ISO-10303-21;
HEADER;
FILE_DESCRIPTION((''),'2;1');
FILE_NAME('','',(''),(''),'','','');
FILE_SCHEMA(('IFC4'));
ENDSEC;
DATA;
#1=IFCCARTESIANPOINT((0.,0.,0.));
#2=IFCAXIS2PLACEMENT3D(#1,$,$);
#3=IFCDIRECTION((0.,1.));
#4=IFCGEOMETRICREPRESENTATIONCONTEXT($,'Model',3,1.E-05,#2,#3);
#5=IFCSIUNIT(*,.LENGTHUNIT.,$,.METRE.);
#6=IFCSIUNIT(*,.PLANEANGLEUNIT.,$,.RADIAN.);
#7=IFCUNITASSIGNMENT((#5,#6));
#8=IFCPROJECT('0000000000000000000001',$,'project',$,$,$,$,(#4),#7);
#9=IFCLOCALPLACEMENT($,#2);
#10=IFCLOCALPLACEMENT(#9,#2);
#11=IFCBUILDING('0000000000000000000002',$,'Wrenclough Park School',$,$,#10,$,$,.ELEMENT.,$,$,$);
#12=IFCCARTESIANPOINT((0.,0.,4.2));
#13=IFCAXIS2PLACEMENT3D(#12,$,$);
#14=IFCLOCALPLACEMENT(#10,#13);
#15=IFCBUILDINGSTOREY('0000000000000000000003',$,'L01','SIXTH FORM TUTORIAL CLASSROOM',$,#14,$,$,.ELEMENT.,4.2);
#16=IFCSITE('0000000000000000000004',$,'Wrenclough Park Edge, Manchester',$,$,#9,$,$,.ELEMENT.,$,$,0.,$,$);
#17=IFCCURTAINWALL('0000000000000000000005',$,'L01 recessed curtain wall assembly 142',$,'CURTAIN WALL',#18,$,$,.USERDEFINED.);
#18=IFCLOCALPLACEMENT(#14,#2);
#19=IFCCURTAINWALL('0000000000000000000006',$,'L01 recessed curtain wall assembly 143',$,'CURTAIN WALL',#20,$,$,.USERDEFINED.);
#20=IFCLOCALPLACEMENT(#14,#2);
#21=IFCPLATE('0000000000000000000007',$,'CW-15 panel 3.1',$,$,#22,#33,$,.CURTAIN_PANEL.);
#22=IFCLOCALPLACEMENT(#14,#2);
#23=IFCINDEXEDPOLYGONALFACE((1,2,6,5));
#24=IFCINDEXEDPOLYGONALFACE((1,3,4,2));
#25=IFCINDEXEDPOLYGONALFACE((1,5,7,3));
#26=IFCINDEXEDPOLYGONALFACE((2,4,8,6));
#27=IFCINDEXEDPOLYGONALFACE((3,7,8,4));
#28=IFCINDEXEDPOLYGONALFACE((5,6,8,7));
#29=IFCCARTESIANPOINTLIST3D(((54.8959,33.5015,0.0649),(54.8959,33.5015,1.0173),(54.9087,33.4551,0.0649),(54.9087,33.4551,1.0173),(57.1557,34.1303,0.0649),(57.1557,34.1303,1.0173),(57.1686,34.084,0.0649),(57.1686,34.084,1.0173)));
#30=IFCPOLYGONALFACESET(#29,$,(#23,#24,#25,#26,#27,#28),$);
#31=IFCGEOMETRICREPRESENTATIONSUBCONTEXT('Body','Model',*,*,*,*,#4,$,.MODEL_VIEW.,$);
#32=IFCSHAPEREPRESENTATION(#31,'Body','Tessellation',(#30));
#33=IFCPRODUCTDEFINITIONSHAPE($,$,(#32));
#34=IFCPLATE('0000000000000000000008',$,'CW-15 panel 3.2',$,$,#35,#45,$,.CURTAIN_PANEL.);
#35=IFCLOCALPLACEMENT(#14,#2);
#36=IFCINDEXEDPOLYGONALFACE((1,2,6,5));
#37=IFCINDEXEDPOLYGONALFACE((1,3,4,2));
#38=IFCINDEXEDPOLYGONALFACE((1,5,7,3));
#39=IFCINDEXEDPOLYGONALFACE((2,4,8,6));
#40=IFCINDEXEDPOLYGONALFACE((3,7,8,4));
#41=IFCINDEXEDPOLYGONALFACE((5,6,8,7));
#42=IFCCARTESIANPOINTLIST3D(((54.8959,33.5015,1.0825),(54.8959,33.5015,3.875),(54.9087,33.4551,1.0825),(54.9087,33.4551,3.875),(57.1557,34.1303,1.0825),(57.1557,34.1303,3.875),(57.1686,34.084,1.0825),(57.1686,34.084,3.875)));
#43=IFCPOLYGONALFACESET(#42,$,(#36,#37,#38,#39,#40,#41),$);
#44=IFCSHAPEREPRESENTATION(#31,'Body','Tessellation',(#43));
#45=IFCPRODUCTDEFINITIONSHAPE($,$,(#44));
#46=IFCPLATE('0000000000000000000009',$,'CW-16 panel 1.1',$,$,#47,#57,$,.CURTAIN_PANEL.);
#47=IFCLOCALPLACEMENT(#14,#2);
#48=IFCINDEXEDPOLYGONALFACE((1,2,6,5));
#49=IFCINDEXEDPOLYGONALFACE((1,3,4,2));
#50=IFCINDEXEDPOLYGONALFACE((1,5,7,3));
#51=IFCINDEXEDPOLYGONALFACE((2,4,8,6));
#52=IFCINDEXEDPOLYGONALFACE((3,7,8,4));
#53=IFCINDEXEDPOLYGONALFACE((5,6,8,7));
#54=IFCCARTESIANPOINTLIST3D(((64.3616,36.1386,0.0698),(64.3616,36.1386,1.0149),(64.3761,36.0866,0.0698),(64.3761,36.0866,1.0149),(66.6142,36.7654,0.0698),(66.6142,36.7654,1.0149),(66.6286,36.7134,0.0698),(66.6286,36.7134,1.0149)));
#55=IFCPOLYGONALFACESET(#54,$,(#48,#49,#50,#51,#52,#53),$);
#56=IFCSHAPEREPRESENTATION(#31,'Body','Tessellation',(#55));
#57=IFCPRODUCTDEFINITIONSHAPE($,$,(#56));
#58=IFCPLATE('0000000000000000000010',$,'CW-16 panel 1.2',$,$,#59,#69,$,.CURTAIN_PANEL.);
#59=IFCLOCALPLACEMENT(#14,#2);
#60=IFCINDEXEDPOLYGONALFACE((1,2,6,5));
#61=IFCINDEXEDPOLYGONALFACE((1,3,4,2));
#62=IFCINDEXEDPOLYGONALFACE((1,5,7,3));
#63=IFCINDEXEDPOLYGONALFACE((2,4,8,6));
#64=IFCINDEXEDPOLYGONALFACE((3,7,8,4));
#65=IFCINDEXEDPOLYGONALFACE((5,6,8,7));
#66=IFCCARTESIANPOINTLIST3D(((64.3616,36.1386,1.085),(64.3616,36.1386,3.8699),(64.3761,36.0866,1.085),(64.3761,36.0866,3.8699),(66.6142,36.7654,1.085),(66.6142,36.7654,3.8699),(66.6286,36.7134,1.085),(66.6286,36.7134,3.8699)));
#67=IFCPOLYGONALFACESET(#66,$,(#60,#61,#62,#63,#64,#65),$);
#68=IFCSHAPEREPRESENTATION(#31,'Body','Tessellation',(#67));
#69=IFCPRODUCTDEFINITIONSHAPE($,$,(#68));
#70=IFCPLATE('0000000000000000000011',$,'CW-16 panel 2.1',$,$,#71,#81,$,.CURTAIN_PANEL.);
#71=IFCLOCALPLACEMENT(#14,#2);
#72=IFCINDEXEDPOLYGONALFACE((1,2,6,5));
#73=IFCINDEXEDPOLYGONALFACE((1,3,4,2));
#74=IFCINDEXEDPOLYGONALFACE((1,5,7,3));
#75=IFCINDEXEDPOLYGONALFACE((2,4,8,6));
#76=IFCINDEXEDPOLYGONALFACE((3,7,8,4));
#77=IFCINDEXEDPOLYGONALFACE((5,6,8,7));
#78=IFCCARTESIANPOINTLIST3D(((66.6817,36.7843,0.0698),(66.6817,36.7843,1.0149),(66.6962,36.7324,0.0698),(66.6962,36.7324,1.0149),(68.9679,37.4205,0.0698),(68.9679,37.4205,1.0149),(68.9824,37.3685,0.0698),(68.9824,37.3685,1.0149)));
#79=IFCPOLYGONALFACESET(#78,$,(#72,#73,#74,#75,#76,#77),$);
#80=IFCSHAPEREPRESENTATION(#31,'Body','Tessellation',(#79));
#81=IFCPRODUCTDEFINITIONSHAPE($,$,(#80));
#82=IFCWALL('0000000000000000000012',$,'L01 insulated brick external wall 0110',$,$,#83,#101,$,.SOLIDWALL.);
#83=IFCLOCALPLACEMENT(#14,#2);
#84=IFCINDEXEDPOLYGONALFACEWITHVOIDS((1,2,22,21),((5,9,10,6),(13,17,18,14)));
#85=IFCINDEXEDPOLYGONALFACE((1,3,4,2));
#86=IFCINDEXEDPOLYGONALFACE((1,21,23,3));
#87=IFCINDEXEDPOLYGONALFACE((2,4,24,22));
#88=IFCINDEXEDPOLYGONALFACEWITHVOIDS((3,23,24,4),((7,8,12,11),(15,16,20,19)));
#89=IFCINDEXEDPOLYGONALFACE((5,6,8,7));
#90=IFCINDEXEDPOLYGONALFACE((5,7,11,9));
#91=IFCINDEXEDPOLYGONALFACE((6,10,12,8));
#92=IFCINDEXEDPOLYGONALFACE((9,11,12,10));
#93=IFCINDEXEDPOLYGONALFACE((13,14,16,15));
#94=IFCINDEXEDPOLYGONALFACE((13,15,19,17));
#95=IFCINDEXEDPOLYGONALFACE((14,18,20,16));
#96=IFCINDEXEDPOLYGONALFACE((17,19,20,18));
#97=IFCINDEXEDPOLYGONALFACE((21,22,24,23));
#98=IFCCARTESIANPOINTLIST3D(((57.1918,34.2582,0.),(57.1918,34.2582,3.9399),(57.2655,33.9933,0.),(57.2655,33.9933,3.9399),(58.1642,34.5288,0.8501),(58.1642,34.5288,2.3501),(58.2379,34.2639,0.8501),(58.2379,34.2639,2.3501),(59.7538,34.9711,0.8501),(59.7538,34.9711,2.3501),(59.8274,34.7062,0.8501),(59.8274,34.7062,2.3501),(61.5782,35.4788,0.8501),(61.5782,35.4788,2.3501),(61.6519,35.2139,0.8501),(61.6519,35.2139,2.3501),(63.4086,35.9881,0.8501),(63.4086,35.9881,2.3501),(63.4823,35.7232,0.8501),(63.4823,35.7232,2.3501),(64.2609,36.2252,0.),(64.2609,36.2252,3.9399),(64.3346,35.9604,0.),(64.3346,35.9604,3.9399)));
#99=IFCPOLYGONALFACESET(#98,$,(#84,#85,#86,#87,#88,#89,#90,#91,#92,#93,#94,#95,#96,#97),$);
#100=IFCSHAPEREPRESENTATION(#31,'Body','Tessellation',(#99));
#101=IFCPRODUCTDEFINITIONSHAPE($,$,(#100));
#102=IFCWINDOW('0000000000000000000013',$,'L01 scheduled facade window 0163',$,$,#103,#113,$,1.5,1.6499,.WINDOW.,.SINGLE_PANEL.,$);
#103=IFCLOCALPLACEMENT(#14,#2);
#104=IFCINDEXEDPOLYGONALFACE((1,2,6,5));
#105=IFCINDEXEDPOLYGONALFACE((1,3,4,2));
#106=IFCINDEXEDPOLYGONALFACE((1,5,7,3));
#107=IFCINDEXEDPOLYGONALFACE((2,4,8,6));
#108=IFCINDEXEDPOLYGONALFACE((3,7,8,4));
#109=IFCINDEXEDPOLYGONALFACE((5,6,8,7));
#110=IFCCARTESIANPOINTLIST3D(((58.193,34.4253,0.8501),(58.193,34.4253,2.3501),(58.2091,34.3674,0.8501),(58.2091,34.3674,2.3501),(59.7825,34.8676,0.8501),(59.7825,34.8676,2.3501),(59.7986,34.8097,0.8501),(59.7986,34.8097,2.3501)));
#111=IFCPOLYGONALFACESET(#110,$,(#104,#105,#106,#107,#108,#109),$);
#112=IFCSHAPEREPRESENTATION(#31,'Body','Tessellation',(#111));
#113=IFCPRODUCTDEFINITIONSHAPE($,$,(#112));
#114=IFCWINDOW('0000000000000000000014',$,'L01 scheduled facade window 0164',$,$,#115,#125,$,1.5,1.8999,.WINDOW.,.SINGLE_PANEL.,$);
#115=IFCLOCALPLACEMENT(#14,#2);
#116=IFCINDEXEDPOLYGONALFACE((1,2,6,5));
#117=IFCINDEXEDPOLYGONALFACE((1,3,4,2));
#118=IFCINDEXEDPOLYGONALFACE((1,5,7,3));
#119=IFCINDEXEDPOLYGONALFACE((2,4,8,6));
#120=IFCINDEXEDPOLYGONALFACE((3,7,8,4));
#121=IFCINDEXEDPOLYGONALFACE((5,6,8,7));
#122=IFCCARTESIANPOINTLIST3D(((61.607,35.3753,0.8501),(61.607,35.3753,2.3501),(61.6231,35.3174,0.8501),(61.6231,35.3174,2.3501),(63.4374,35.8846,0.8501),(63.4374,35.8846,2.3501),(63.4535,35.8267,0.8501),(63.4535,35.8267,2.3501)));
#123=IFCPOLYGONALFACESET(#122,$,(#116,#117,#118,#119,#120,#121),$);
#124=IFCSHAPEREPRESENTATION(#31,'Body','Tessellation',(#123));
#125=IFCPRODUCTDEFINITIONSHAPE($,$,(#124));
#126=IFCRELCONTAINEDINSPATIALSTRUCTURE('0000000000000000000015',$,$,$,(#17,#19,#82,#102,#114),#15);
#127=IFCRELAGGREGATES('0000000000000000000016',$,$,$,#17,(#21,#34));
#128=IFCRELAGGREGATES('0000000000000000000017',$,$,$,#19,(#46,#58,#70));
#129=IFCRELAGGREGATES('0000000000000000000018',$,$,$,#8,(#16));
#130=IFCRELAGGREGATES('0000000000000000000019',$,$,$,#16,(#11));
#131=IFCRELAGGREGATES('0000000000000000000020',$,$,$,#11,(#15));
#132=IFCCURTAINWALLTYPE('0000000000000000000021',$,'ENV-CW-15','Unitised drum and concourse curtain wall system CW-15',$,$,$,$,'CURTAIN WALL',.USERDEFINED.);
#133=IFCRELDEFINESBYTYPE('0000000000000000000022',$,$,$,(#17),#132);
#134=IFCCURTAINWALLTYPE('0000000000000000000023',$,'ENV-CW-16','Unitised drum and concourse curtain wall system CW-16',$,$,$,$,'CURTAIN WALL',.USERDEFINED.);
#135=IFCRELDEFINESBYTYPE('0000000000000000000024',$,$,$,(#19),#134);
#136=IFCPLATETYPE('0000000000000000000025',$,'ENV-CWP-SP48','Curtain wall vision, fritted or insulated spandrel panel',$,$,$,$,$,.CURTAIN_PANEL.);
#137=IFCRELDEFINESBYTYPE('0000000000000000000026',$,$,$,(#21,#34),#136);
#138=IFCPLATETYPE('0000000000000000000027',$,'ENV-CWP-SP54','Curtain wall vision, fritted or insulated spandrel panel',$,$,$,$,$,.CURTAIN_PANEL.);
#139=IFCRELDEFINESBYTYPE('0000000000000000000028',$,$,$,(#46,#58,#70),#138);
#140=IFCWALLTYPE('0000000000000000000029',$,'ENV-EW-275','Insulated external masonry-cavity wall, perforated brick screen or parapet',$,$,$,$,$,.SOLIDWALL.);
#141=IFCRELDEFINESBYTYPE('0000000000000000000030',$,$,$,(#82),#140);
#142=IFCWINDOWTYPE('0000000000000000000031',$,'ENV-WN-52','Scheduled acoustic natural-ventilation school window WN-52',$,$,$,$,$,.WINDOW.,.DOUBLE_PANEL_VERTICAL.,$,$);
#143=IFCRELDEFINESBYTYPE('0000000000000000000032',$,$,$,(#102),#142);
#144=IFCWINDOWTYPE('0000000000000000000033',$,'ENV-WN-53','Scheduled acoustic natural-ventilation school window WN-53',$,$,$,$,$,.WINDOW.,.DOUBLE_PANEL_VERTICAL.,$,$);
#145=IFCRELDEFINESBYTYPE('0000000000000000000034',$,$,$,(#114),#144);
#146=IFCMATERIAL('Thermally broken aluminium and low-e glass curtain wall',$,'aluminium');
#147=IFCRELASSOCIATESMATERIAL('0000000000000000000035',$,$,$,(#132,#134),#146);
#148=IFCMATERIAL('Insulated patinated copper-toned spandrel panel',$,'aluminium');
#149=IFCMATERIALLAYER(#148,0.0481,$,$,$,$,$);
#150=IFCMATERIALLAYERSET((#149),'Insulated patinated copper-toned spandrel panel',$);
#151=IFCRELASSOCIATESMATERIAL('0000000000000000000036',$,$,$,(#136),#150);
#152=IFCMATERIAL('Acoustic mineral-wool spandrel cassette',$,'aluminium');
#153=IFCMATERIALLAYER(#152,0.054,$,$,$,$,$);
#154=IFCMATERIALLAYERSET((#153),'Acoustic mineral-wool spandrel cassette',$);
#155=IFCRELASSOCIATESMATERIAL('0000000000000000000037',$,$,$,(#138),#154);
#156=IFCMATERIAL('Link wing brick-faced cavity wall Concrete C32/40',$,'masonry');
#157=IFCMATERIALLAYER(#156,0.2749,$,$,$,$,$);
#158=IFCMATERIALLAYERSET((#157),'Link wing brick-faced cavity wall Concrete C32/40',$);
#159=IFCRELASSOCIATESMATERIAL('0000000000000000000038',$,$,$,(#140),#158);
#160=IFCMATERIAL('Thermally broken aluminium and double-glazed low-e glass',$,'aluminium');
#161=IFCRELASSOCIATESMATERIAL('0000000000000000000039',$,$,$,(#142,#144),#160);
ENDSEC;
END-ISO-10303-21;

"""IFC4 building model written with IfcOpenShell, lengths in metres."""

from ifc_helpers import new_model, si_unit, direction, frame, frame_2d, origin, origin_2d, place, context, subcontext, project, spatial, rectangle, extrude, material, layer, layer_set, type_object, element, fill, aggregate, save


model = new_model("IFC4")

# Units and contexts
model_context = context("Model", 3, precision=1e-05, world=origin(), true_north=direction((0.0, 1.0)))
body_context = subcontext(model_context, "Body", "Model", "MODEL_VIEW")
ifc_project = project(units=[si_unit("LENGTHUNIT", "METRE"), si_unit("PLANEANGLEUNIT", "RADIAN")], contexts=[model_context])

# Site, building, storey
site_placement = place(None, origin())
site = spatial("IfcSite", under=ifc_project, at=site_placement, Name="Wrenclough Park Edge, Manchester", CompositionType="ELEMENT", RefElevation=0.0)
building_placement = place(site_placement, origin())
building = spatial("IfcBuilding", under=site, at=building_placement, Name="Wrenclough Park School", CompositionType="ELEMENT")
storey_placement = place(building_placement, frame((0.0, 0.0, 4.2)))
storey = spatial("IfcBuildingStorey", under=building, at=storey_placement, Name="L01", Description="SIXTH FORM TUTORIAL CLASSROOM", CompositionType="ELEMENT", Elevation=4.2)

# Curtain walls
ifc_material_1 = material(Name="Thermally broken aluminium and low-e glass curtain wall", Category="aluminium")
curtain_wall_type_1 = type_object("IfcCurtainWallType", Name="ENV-CW-15", Description="Unitised drum and concourse curtain wall system CW-15", ElementType="CURTAIN WALL", PredefinedType="USERDEFINED", material=ifc_material_1)
curtain_wall_1_placement = place(storey_placement, origin())
curtain_wall_1 = element("IfcCurtainWall", 1, at=curtain_wall_1_placement, inside=storey, type_object=curtain_wall_type_1, Name="L01 recessed curtain wall assembly 142", ObjectType="CURTAIN WALL", PredefinedType="USERDEFINED")
curtain_wall_type_2 = type_object("IfcCurtainWallType", Name="ENV-CW-16", Description="Unitised drum and concourse curtain wall system CW-16", ElementType="CURTAIN WALL", PredefinedType="USERDEFINED", material=ifc_material_1)
curtain_wall_2_placement = place(storey_placement, origin())
curtain_wall_2 = element("IfcCurtainWall", 2, at=curtain_wall_2_placement, inside=storey, type_object=curtain_wall_type_2, Name="L01 recessed curtain wall assembly 143", ObjectType="CURTAIN WALL", PredefinedType="USERDEFINED")

# Plates
ifc_material_2 = material(Name="Insulated patinated copper-toned spandrel panel", Category="aluminium")
ifc_layer_1 = layer(ifc_material_2, 0.0481)
ifc_layer_set_1 = layer_set([ifc_layer_1], Name="Insulated patinated copper-toned spandrel panel")
plate_type_1 = type_object("IfcPlateType", Name="ENV-CWP-SP48", Description="Curtain wall vision, fritted or insulated spandrel panel", PredefinedType="CURTAIN_PANEL", material=ifc_layer_set_1)
plate_1_placement = place(storey_placement, frame((56.0322, 33.7927, 0.0649), z_axis=(0.0, 0.0, 1.0), x_axis=(0.963399, 0.268072, 0.0)))
plate_1 = element("IfcPlate", 3, at=plate_1_placement, type_object=plate_type_1, Name="CW-15 panel 3.1", PredefinedType="CURTAIN_PANEL", context=body_context, shape_type="SweptSolid", body=[
    extrude(rectangle(XDim=2.3457, YDim=0.0481, at=origin_2d()), origin(), (0.0, 0.0, 1.0), 0.9524),
])
plate_2_placement = place(storey_placement, frame((56.0322, 33.7927, 1.0825), z_axis=(0.0, 0.0, 1.0), x_axis=(0.963399, 0.268072, 0.0)))
plate_2 = element("IfcPlate", 4, at=plate_2_placement, type_object=plate_type_1, Name="CW-15 panel 3.2", PredefinedType="CURTAIN_PANEL", context=body_context, shape_type="SweptSolid", body=[
    extrude(rectangle(XDim=2.3457, YDim=0.0481, at=origin_2d()), origin(), (0.0, 0.0, 1.0), 2.7925),
])
aggregate(curtain_wall_1, [plate_1, plate_2])
ifc_material_3 = material(Name="Acoustic mineral-wool spandrel cassette", Category="aluminium")
ifc_layer_2 = layer(ifc_material_3, 0.054)
ifc_layer_set_2 = layer_set([ifc_layer_2], Name="Acoustic mineral-wool spandrel cassette")
plate_type_2 = type_object("IfcPlateType", Name="ENV-CWP-SP54", Description="Curtain wall vision, fritted or insulated spandrel panel", PredefinedType="CURTAIN_PANEL", material=ifc_layer_set_2)
plate_3_placement = place(storey_placement, frame((65.4951, 36.426, 0.0698), z_axis=(0.0, 0.0, 1.0), x_axis=(0.963399, 0.268072, 0.0)))
plate_3 = element("IfcPlate", 5, at=plate_3_placement, type_object=plate_type_2, Name="CW-16 panel 1.1", PredefinedType="CURTAIN_PANEL", context=body_context, shape_type="SweptSolid", body=[
    extrude(rectangle(XDim=2.3381, YDim=0.054, at=origin_2d()), origin(), (0.0, 0.0, 1.0), 0.9451),
])
plate_4_placement = place(storey_placement, frame((65.4951, 36.426, 1.085), z_axis=(0.0, 0.0, 1.0), x_axis=(0.963399, 0.268072, 0.0)))
plate_4 = element("IfcPlate", 6, at=plate_4_placement, type_object=plate_type_2, Name="CW-16 panel 1.2", PredefinedType="CURTAIN_PANEL", context=body_context, shape_type="SweptSolid", body=[
    extrude(rectangle(XDim=2.3381, YDim=0.054, at=origin_2d()), origin(), (0.0, 0.0, 1.0), 2.7849),
])
plate_5_placement = place(storey_placement, frame((67.832, 37.0764, 0.0698), z_axis=(0.0, 0.0, 1.0), x_axis=(0.963399, 0.268072, 0.0)))
plate_5 = element("IfcPlate", 7, at=plate_5_placement, type_object=plate_type_2, Name="CW-16 panel 2.1", PredefinedType="CURTAIN_PANEL", context=body_context, shape_type="SweptSolid", body=[
    extrude(rectangle(XDim=2.373, YDim=0.054, at=origin_2d()), origin(), (0.0, 0.0, 1.0), 0.9451),
])
aggregate(curtain_wall_2, [plate_3, plate_4, plate_5])

# Wall, openings, windows
ifc_material_4 = material(Name="Link wing brick-faced cavity wall Concrete C32/40", Category="masonry")
ifc_layer_3 = layer(ifc_material_4, 0.2749)
ifc_layer_set_3 = layer_set([ifc_layer_3], Name="Link wing brick-faced cavity wall Concrete C32/40")
wall_type = type_object("IfcWallType", Name="ENV-EW-275", Description="Insulated external masonry-cavity wall, perforated brick screen or parapet", PredefinedType="SOLIDWALL", material=ifc_layer_set_3)
wall_placement = place(storey_placement, frame((57.2285, 34.1257, 0.0), z_axis=(0.0, 0.0, 1.0), x_axis=(0.963398, 0.268075, 0.0)))
wall = element("IfcWall", 8, at=wall_placement, inside=storey, type_object=wall_type, Name="L01 insulated brick external wall 0110", PredefinedType="SOLIDWALL", context=body_context, shape_type="SweptSolid", body=[
    extrude(rectangle(XDim=7.3376, YDim=0.2749, at=frame_2d((3.6689, 0.0))), origin(), (0.0, 0.0, 1.0), 3.9399),
])
opening_1_placement = place(wall_placement, frame((1.0095, 0.0, 0.8501)))
opening_1 = element("IfcOpeningElement", 9, at=opening_1_placement, cuts=wall, PredefinedType="OPENING", context=body_context, shape_type="SweptSolid", body=[
    extrude(rectangle(XDim=1.6499, YDim=1.5, at=frame_2d((0.825, 0.75))), frame((0.0, 0.1475, 0.0), z_axis=(0.0, -1.0, 0.0), x_axis=(1.0, 0.0, 0.0)), (0.0, 0.0, 1.0), 0.2949),
])
opening_2_placement = place(wall_placement, frame((4.5532, 0.0, 0.8501)))
opening_2 = element("IfcOpeningElement", 10, at=opening_2_placement, cuts=wall, PredefinedType="OPENING", context=body_context, shape_type="SweptSolid", body=[
    extrude(rectangle(XDim=1.8999, YDim=1.5, at=frame_2d((0.95, 0.75))), frame((0.0, 0.1475, 0.0), z_axis=(0.0, -1.0, 0.0), x_axis=(1.0, 0.0, 0.0)), (0.0, 0.0, 1.0), 0.2949),
])
ifc_material_5 = material(Name="Thermally broken aluminium and double-glazed low-e glass", Category="aluminium")
window_type_1 = type_object("IfcWindowType", Name="ENV-WN-52", Description="Scheduled acoustic natural-ventilation school window WN-52", PartitioningType="DOUBLE_PANEL_VERTICAL", PredefinedType="WINDOW", material=ifc_material_5)
window_1_placement = place(opening_1_placement, origin())
window_1 = element("IfcWindow", 11, at=window_1_placement, inside=storey, type_object=window_type_1, Name="L01 scheduled facade window 0163", OverallHeight=1.5, OverallWidth=1.6499, PartitioningType="SINGLE_PANEL", PredefinedType="WINDOW", context=body_context, shape_type="SweptSolid", body=[
    extrude(rectangle(XDim=1.6499, YDim=1.5, at=frame_2d((0.825, 0.75))), frame((0.0, 0.03, 0.0), z_axis=(0.0, -1.0, 0.0), x_axis=(1.0, 0.0, 0.0)), (0.0, 0.0, 1.0), 0.0601),
])
fill(opening_1, window_1)
window_type_2 = type_object("IfcWindowType", Name="ENV-WN-53", Description="Scheduled acoustic natural-ventilation school window WN-53", PartitioningType="DOUBLE_PANEL_VERTICAL", PredefinedType="WINDOW", material=ifc_material_5)
window_2_placement = place(opening_2_placement, origin())
window_2 = element("IfcWindow", 12, at=window_2_placement, inside=storey, type_object=window_type_2, Name="L01 scheduled facade window 0164", OverallHeight=1.5, OverallWidth=1.8999, PartitioningType="SINGLE_PANEL", PredefinedType="WINDOW", context=body_context, shape_type="SweptSolid", body=[
    extrude(rectangle(XDim=1.8999, YDim=1.5, at=frame_2d((0.95, 0.75))), frame((0.0, 0.03, 0.0), z_axis=(0.0, -1.0, 0.0), x_axis=(1.0, 0.0, 0.0)), (0.0, 0.0, 1.0), 0.0601),
])
fill(opening_2, window_2)

save(model, "model.ifc")
